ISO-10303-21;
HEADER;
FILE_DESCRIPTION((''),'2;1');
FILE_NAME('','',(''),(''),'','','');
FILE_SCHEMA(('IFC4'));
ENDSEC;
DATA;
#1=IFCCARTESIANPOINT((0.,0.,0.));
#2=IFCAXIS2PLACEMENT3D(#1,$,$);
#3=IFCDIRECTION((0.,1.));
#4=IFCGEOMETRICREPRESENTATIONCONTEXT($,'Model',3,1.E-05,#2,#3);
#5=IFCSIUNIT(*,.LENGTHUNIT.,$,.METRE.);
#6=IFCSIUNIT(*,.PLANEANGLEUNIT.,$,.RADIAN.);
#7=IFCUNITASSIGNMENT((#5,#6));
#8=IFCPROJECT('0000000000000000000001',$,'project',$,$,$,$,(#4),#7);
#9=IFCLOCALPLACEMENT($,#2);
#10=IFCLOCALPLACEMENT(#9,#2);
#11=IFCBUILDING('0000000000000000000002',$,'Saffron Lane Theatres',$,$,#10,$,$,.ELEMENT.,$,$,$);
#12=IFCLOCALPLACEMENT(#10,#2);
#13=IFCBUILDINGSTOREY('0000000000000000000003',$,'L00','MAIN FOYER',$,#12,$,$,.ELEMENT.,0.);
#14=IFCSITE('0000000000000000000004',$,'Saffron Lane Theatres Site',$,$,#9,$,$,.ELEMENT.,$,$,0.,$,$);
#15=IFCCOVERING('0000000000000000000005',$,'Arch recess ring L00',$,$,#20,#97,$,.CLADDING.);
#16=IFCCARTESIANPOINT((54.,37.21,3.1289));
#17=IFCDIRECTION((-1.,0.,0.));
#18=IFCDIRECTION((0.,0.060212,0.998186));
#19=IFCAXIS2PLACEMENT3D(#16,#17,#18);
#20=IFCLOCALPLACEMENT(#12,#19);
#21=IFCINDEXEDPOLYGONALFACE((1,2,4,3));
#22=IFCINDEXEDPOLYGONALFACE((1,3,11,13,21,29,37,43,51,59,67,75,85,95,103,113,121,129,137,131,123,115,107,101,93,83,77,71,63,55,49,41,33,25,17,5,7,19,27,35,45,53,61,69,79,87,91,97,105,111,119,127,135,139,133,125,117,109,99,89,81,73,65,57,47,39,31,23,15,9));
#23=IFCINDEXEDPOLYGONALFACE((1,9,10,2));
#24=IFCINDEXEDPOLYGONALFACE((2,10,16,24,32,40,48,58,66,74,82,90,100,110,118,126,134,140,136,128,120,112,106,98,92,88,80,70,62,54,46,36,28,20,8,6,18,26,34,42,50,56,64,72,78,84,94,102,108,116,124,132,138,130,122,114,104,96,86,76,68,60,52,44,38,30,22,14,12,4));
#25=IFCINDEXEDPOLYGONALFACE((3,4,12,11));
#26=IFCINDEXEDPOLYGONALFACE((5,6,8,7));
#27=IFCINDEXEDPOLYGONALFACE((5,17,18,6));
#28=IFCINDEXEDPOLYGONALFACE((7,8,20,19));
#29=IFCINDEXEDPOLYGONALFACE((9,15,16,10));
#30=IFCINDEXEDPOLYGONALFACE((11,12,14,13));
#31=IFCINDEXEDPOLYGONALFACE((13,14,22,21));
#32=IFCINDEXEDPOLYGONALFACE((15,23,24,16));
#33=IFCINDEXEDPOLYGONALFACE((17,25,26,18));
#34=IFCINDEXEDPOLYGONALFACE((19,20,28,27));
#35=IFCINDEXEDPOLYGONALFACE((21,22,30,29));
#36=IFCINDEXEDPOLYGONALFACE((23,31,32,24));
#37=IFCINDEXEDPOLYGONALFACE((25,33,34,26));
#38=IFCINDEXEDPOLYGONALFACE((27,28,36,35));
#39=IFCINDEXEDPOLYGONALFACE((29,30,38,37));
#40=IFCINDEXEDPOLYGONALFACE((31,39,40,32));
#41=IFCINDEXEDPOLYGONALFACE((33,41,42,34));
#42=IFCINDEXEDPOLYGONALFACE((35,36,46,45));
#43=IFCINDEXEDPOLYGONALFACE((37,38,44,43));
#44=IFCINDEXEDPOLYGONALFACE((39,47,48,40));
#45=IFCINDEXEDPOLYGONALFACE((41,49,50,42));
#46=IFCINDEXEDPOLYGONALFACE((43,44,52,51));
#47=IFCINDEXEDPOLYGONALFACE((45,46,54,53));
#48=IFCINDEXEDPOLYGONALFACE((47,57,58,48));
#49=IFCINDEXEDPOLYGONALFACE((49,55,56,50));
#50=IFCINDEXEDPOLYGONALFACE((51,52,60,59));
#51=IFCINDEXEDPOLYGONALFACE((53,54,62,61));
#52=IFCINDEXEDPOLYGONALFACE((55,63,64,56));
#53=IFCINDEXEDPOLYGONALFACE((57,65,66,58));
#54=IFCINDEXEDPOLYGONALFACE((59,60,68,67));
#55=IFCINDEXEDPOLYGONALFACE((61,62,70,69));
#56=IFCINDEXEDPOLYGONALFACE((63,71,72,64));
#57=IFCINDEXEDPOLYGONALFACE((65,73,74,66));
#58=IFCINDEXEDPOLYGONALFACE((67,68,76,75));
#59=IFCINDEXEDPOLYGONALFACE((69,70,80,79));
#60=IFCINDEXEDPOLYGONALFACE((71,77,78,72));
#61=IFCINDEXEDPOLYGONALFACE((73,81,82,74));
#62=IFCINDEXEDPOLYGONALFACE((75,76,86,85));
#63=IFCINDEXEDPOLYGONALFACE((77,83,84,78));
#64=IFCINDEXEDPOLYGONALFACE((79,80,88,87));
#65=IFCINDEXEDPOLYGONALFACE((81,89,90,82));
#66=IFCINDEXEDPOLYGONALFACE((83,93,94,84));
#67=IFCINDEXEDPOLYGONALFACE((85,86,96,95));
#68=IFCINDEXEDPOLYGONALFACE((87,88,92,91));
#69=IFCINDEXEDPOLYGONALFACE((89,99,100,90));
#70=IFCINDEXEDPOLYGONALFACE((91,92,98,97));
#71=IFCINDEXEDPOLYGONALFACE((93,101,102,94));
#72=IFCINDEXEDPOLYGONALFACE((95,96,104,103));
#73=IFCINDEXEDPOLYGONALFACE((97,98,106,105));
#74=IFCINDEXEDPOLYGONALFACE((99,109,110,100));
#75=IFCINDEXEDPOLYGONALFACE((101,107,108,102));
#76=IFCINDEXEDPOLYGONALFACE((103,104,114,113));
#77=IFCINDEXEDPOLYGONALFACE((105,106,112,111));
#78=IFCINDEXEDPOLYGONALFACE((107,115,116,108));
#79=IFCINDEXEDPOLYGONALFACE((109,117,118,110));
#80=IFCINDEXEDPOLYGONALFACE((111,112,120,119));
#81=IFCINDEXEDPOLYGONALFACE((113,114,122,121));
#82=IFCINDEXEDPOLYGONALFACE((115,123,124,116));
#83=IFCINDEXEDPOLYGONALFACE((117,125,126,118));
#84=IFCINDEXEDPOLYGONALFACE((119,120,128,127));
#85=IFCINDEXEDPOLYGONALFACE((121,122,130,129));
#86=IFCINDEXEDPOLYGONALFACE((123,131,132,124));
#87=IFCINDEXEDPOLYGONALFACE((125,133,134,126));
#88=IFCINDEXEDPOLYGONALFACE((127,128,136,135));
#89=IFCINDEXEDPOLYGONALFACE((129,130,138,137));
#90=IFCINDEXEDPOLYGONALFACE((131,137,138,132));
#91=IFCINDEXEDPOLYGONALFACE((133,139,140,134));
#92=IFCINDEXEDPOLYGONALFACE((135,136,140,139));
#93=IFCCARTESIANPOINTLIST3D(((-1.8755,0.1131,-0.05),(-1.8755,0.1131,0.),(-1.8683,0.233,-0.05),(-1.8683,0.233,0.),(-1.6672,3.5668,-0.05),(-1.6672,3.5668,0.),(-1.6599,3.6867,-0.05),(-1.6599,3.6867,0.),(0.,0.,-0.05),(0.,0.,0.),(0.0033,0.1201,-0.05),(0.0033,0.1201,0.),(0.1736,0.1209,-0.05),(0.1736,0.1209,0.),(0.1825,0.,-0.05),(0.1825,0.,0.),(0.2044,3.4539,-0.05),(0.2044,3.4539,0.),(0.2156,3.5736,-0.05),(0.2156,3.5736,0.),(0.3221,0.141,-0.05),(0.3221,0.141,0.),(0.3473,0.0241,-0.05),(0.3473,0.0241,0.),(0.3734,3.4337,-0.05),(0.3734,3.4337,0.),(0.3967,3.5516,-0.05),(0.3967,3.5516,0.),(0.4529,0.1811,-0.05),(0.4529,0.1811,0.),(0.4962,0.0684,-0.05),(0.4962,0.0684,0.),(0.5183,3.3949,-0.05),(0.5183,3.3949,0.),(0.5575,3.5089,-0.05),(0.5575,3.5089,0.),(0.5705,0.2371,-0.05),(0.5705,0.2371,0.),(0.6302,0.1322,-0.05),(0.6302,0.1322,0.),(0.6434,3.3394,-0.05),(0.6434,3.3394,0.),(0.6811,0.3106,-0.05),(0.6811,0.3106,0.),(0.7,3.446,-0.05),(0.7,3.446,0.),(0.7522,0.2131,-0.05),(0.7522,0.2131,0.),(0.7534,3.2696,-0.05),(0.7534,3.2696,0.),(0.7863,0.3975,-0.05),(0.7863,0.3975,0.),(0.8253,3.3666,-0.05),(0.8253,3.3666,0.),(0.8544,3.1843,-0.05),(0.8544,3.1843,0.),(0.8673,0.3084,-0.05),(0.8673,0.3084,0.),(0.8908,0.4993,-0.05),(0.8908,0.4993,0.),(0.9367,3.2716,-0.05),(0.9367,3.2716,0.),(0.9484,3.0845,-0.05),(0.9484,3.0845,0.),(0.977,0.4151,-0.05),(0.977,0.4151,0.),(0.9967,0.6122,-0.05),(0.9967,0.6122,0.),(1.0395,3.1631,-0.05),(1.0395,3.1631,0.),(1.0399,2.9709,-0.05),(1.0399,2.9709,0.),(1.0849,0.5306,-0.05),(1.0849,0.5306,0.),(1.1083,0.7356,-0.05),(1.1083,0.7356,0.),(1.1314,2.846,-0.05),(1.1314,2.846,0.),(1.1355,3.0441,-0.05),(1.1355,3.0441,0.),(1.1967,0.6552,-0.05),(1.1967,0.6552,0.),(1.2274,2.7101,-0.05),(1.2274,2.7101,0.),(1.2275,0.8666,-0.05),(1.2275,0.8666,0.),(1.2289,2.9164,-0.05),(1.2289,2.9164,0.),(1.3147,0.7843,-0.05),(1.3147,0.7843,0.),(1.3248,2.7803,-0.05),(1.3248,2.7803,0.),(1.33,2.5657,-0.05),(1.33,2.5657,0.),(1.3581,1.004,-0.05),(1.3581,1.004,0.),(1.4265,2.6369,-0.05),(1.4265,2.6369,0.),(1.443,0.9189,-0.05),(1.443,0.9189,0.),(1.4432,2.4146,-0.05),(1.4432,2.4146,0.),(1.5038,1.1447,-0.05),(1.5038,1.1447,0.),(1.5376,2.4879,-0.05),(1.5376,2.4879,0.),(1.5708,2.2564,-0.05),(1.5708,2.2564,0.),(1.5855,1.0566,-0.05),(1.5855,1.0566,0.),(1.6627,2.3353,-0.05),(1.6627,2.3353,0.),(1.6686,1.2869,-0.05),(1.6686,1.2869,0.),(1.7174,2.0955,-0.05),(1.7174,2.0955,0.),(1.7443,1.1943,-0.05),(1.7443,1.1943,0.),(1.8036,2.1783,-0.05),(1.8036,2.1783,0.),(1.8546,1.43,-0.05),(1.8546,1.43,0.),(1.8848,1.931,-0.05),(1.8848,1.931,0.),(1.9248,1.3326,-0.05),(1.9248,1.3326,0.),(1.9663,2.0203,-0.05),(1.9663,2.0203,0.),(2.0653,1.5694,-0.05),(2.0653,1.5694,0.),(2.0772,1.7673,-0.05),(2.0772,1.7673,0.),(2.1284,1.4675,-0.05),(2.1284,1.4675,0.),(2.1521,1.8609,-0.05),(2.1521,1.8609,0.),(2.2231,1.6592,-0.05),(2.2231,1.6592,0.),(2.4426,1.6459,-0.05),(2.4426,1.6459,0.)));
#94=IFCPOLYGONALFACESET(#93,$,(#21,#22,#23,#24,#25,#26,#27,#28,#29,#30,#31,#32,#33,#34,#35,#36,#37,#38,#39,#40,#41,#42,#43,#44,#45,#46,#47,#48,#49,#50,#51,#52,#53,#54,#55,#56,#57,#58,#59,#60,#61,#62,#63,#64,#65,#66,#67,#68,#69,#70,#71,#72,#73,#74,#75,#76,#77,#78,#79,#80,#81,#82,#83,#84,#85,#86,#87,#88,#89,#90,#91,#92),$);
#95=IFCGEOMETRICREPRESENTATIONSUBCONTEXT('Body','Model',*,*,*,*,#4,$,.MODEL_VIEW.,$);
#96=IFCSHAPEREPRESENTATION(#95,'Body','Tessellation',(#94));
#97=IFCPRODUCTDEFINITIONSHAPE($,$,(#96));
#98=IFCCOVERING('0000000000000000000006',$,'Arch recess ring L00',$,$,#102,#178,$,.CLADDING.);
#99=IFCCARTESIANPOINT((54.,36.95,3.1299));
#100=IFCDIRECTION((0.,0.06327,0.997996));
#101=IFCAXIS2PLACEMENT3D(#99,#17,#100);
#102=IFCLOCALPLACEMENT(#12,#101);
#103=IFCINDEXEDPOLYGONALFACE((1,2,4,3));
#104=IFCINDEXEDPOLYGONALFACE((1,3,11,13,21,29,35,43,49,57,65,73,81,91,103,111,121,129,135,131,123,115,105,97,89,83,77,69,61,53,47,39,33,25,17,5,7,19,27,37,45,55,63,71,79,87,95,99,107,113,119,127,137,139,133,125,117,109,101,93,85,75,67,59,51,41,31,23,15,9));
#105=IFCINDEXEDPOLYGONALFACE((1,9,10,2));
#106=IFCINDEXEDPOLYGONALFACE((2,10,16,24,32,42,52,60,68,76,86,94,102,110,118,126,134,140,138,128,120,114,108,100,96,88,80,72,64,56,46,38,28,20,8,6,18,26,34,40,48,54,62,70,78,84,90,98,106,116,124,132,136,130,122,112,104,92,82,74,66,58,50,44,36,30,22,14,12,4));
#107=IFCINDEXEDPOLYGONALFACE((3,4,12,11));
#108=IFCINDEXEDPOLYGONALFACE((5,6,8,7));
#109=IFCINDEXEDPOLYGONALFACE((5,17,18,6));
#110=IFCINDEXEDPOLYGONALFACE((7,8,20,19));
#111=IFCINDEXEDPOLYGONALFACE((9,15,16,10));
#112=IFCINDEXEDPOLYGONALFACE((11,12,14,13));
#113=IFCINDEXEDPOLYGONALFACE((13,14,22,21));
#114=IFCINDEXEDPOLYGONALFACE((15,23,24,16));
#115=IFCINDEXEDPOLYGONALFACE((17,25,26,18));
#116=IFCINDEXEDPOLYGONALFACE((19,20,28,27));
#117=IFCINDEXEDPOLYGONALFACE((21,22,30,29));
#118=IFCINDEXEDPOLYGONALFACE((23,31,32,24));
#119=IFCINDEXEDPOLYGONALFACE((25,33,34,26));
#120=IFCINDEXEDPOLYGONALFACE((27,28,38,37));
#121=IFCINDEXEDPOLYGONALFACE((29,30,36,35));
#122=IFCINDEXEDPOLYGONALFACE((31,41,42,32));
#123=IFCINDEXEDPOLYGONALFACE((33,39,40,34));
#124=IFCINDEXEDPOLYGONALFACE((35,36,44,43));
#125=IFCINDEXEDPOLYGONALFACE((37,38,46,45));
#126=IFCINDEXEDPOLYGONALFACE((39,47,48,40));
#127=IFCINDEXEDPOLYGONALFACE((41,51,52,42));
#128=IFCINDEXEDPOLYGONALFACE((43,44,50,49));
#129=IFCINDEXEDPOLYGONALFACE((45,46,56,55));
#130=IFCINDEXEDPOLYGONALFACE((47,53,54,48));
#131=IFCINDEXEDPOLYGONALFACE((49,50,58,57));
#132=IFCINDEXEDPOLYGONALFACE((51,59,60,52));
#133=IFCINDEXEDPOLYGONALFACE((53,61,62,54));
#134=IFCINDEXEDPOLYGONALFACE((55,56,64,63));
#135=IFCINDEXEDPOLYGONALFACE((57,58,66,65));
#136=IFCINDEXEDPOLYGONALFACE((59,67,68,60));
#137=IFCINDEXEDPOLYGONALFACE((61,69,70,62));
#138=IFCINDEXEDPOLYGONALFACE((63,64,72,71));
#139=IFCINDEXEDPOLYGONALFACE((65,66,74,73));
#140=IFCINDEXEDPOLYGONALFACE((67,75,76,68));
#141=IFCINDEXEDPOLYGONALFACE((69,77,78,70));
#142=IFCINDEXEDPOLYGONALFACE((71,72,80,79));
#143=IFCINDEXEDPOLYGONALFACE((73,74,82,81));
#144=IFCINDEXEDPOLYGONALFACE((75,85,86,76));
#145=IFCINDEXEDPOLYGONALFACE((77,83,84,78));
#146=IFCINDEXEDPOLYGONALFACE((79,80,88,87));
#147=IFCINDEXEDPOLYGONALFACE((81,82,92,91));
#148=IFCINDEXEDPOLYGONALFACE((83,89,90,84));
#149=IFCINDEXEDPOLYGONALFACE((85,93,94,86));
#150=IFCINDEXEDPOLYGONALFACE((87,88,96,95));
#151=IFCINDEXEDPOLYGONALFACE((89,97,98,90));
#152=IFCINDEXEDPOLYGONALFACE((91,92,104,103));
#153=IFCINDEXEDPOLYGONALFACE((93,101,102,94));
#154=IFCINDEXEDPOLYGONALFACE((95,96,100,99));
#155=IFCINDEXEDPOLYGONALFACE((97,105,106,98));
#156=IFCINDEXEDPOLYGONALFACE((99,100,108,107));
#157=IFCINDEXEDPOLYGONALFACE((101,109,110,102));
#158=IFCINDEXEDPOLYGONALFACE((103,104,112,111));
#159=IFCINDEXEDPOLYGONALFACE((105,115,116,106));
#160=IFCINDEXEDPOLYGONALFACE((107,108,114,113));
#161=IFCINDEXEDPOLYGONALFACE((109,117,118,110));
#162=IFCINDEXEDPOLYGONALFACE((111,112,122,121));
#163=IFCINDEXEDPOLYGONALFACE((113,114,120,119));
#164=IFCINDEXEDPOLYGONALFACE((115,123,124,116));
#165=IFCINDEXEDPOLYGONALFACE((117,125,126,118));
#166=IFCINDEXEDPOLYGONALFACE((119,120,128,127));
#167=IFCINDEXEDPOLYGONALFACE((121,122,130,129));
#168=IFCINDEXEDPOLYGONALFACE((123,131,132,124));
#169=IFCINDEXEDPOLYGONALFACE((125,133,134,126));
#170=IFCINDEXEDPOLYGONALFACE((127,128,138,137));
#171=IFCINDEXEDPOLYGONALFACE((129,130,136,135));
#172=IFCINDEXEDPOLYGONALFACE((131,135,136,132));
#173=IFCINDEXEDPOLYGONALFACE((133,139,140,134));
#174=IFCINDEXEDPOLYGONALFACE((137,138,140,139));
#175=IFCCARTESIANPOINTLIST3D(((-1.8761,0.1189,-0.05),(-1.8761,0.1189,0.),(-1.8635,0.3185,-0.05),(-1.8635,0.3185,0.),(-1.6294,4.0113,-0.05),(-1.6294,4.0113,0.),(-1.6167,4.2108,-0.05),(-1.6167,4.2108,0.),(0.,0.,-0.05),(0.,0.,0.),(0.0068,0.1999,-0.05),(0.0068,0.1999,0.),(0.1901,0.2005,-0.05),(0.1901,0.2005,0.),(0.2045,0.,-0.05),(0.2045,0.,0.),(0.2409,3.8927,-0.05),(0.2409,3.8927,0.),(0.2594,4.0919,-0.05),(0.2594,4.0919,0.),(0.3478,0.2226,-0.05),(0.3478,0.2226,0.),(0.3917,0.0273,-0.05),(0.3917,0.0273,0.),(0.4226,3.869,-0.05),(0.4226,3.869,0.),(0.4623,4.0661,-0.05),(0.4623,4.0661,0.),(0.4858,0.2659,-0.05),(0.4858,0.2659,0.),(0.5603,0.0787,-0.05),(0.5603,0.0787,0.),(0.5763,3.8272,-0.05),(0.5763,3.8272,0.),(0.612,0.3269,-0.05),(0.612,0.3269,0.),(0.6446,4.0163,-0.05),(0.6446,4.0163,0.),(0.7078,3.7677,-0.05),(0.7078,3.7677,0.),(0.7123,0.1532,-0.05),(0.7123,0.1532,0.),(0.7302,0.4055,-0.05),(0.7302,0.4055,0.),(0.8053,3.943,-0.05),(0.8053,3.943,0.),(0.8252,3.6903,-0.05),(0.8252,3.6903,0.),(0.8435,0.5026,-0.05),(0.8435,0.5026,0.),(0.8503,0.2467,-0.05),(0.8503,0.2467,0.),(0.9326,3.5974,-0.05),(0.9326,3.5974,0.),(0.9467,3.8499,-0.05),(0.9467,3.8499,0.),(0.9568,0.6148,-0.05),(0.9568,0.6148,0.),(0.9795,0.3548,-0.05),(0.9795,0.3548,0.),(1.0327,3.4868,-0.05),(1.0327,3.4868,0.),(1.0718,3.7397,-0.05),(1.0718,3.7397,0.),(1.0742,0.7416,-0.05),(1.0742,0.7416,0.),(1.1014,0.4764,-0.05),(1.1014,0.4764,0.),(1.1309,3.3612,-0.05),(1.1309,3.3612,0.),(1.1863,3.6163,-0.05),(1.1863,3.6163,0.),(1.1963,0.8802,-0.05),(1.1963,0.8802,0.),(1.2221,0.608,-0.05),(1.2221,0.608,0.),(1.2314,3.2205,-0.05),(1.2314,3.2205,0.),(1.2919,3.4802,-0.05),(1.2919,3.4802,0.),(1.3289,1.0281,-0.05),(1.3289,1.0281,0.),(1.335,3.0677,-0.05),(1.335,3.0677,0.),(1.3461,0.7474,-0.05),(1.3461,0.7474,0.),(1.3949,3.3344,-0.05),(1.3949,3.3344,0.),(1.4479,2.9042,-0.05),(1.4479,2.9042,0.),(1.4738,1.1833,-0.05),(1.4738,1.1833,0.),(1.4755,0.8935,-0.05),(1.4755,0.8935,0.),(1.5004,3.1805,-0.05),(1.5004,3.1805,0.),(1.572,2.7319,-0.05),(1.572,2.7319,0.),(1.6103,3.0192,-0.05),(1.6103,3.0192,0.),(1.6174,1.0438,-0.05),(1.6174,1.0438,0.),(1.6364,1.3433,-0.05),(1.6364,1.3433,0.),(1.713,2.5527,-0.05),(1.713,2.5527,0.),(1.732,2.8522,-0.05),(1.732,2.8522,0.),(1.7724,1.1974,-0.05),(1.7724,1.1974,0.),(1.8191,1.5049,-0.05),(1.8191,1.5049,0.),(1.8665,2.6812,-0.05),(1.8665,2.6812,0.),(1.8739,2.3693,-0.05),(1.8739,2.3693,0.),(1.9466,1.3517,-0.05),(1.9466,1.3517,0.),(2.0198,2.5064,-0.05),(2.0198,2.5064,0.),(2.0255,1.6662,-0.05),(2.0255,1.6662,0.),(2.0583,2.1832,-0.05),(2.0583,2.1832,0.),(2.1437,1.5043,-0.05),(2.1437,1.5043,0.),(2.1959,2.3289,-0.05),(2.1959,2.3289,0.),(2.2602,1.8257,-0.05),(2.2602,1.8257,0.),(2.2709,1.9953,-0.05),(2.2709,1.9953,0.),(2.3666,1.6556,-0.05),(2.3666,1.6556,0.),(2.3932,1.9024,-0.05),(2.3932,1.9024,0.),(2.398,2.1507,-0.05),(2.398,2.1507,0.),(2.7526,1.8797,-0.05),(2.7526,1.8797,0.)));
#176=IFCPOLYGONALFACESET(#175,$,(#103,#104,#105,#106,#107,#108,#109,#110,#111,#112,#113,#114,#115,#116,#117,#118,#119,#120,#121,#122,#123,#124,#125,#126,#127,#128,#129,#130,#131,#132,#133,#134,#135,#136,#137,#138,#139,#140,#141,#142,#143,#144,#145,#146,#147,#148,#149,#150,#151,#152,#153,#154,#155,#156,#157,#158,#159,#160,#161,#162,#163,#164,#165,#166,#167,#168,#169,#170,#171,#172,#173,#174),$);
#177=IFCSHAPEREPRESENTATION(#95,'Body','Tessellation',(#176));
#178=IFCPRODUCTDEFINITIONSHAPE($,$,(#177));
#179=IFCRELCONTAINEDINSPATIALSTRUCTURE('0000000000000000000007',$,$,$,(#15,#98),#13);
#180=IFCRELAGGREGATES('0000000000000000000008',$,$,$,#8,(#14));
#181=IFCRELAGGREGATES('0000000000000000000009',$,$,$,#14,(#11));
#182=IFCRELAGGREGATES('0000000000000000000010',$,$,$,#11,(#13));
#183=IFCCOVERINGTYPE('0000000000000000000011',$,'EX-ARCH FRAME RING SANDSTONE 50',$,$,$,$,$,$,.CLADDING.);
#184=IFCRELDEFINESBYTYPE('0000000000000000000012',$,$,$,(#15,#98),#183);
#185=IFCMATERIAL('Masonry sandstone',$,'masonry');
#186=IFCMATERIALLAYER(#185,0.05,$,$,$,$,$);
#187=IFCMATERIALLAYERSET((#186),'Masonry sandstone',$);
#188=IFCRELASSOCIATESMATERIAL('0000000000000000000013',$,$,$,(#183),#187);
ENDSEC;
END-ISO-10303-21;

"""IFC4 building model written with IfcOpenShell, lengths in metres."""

from ifc_helpers import new_model, si_unit, direction, frame, origin, place, context, subcontext, project, spatial, polyline, outline, extrude, material, layer, layer_set, type_object, element, save


model = new_model("IFC4")

# Units and contexts
model_context = context("Model", 3, precision=1e-05, world=origin(), true_north=direction((0.0, 1.0)))
body_context = subcontext(model_context, "Body", "Model", "MODEL_VIEW")
ifc_project = project(units=[si_unit("LENGTHUNIT", "METRE"), si_unit("PLANEANGLEUNIT", "RADIAN")], contexts=[model_context])

# Site, building, storey
site_placement = place(None, origin())
site = spatial("IfcSite", under=ifc_project, at=site_placement, Name="Saffron Lane Theatres Site", CompositionType="ELEMENT", RefElevation=0.0)
building_placement = place(site_placement, origin())
building = spatial("IfcBuilding", under=site, at=building_placement, Name="Saffron Lane Theatres", CompositionType="ELEMENT")
storey_placement = place(building_placement, origin())
storey = spatial("IfcBuildingStorey", under=building, at=storey_placement, Name="L00", Description="MAIN FOYER", CompositionType="ELEMENT", Elevation=0.0)

# Coverings
ifc_material_1 = material(Name="Masonry sandstone", Category="masonry")
ifc_layer_1 = layer(ifc_material_1, 0.05)
ifc_layer_set_1 = layer_set([ifc_layer_1], Name="Masonry sandstone")
covering_type_1 = type_object("IfcCoveringType", Name="EX-ARCH FRAME RING SANDSTONE 50", PredefinedType="CLADDING", material=ifc_layer_set_1)
covering_1_placement = place(storey_placement, frame((54.0, 37.21, 3.1289), z_axis=(-1.0, 0.0, 0.0), x_axis=(0.0, 0.060212, 0.998186)))
element("IfcCovering", 1, at=covering_1_placement, inside=storey, type_object=covering_type_1, Name="Arch recess ring L00", PredefinedType="CLADDING", context=body_context, shape_type="SweptSolid", body=[
    extrude(outline(polyline([(0.0, 0.0), (0.1825, 0.0), (0.3473, 0.0241), (0.4962, 0.0684), (0.6302, 0.1322), (0.7522, 0.2131), (0.8673, 0.3084), (0.977, 0.4151), (1.0849, 0.5306), (1.1967, 0.6552), (1.3147, 0.7843), (1.443, 0.9189), (1.5855, 1.0566), (1.7443, 1.1943), (1.9248, 1.3326), (2.1284, 1.4675), (2.4426, 1.6459), (2.1521, 1.8609), (1.9663, 2.0203), (1.8036, 2.1783), (1.6627, 2.3353), (1.5376, 2.4879), (1.4265, 2.6369), (1.3248, 2.7803), (1.2289, 2.9164), (1.1355, 3.0441), (1.0395, 3.1631), (0.9367, 3.2716), (0.8253, 3.3666), (0.7, 3.446), (0.5575, 3.5089), (0.3967, 3.5516), (0.2156, 3.5736), (-1.6599, 3.6867), (-1.6672, 3.5668), (0.2044, 3.4539), (0.3734, 3.4337), (0.5183, 3.3949), (0.6434, 3.3394), (0.7534, 3.2696), (0.8544, 3.1843), (0.9484, 3.0845), (1.0399, 2.9709), (1.1314, 2.846), (1.2274, 2.7101), (1.33, 2.5657), (1.4432, 2.4146), (1.5708, 2.2564), (1.7174, 2.0955), (1.8848, 1.931), (2.0772, 1.7673), (2.2231, 1.6592), (2.0653, 1.5694), (1.8546, 1.43), (1.6686, 1.2869), (1.5038, 1.1447), (1.3581, 1.004), (1.2275, 0.8666), (1.1083, 0.7356), (0.9967, 0.6122), (0.8908, 0.4993), (0.7863, 0.3975), (0.6811, 0.3106), (0.5705, 0.2371), (0.4529, 0.1811), (0.3221, 0.141), (0.1736, 0.1209), (0.0033, 0.1201), (-1.8683, 0.233), (-1.8755, 0.1131), (0.0, 0.0)])), origin(), (0.0, 0.0, -1.0), 0.05),
])
covering_2_placement = place(storey_placement, frame((54.0, 36.95, 3.1299), z_axis=(-1.0, 0.0, 0.0), x_axis=(0.0, 0.06327, 0.997996)))
element("IfcCovering", 2, at=covering_2_placement, inside=storey, type_object=covering_type_1, Name="Arch recess ring L00", PredefinedType="CLADDING", context=body_context, shape_type="SweptSolid", body=[
    extrude(outline(polyline([(0.0, 0.0), (0.2045, 0.0), (0.3917, 0.0273), (0.5603, 0.0787), (0.7123, 0.1532), (0.8503, 0.2467), (0.9795, 0.3548), (1.1014, 0.4764), (1.2221, 0.608), (1.3461, 0.7474), (1.4755, 0.8935), (1.6174, 1.0438), (1.7724, 1.1974), (1.9466, 1.3517), (2.1437, 1.5043), (2.3666, 1.6556), (2.7526, 1.8797), (2.398, 2.1507), (2.1959, 2.3289), (2.0198, 2.5064), (1.8665, 2.6812), (1.732, 2.8522), (1.6103, 3.0192), (1.5004, 3.1805), (1.3949, 3.3344), (1.2919, 3.4802), (1.1863, 3.6163), (1.0718, 3.7397), (0.9467, 3.8499), (0.8053, 3.943), (0.6446, 4.0163), (0.4623, 4.0661), (0.2594, 4.0919), (-1.6167, 4.2108), (-1.6294, 4.0113), (0.2409, 3.8927), (0.4226, 3.869), (0.5763, 3.8272), (0.7078, 3.7677), (0.8252, 3.6903), (0.9326, 3.5974), (1.0327, 3.4868), (1.1309, 3.3612), (1.2314, 3.2205), (1.335, 3.0677), (1.4479, 2.9042), (1.572, 2.7319), (1.713, 2.5527), (1.8739, 2.3693), (2.0583, 2.1832), (2.2709, 1.9953), (2.3932, 1.9024), (2.2602, 1.8257), (2.0255, 1.6662), (1.8191, 1.5049), (1.6364, 1.3433), (1.4738, 1.1833), (1.3289, 1.0281), (1.1963, 0.8802), (1.0742, 0.7416), (0.9568, 0.6148), (0.8435, 0.5026), (0.7302, 0.4055), (0.612, 0.3269), (0.4858, 0.2659), (0.3478, 0.2226), (0.1901, 0.2005), (0.0068, 0.1999), (-1.8635, 0.3185), (-1.8761, 0.1189), (0.0, 0.0)])), origin(), (0.0, 0.0, -1.0), 0.05),
])

save(model, "model.ifc")
